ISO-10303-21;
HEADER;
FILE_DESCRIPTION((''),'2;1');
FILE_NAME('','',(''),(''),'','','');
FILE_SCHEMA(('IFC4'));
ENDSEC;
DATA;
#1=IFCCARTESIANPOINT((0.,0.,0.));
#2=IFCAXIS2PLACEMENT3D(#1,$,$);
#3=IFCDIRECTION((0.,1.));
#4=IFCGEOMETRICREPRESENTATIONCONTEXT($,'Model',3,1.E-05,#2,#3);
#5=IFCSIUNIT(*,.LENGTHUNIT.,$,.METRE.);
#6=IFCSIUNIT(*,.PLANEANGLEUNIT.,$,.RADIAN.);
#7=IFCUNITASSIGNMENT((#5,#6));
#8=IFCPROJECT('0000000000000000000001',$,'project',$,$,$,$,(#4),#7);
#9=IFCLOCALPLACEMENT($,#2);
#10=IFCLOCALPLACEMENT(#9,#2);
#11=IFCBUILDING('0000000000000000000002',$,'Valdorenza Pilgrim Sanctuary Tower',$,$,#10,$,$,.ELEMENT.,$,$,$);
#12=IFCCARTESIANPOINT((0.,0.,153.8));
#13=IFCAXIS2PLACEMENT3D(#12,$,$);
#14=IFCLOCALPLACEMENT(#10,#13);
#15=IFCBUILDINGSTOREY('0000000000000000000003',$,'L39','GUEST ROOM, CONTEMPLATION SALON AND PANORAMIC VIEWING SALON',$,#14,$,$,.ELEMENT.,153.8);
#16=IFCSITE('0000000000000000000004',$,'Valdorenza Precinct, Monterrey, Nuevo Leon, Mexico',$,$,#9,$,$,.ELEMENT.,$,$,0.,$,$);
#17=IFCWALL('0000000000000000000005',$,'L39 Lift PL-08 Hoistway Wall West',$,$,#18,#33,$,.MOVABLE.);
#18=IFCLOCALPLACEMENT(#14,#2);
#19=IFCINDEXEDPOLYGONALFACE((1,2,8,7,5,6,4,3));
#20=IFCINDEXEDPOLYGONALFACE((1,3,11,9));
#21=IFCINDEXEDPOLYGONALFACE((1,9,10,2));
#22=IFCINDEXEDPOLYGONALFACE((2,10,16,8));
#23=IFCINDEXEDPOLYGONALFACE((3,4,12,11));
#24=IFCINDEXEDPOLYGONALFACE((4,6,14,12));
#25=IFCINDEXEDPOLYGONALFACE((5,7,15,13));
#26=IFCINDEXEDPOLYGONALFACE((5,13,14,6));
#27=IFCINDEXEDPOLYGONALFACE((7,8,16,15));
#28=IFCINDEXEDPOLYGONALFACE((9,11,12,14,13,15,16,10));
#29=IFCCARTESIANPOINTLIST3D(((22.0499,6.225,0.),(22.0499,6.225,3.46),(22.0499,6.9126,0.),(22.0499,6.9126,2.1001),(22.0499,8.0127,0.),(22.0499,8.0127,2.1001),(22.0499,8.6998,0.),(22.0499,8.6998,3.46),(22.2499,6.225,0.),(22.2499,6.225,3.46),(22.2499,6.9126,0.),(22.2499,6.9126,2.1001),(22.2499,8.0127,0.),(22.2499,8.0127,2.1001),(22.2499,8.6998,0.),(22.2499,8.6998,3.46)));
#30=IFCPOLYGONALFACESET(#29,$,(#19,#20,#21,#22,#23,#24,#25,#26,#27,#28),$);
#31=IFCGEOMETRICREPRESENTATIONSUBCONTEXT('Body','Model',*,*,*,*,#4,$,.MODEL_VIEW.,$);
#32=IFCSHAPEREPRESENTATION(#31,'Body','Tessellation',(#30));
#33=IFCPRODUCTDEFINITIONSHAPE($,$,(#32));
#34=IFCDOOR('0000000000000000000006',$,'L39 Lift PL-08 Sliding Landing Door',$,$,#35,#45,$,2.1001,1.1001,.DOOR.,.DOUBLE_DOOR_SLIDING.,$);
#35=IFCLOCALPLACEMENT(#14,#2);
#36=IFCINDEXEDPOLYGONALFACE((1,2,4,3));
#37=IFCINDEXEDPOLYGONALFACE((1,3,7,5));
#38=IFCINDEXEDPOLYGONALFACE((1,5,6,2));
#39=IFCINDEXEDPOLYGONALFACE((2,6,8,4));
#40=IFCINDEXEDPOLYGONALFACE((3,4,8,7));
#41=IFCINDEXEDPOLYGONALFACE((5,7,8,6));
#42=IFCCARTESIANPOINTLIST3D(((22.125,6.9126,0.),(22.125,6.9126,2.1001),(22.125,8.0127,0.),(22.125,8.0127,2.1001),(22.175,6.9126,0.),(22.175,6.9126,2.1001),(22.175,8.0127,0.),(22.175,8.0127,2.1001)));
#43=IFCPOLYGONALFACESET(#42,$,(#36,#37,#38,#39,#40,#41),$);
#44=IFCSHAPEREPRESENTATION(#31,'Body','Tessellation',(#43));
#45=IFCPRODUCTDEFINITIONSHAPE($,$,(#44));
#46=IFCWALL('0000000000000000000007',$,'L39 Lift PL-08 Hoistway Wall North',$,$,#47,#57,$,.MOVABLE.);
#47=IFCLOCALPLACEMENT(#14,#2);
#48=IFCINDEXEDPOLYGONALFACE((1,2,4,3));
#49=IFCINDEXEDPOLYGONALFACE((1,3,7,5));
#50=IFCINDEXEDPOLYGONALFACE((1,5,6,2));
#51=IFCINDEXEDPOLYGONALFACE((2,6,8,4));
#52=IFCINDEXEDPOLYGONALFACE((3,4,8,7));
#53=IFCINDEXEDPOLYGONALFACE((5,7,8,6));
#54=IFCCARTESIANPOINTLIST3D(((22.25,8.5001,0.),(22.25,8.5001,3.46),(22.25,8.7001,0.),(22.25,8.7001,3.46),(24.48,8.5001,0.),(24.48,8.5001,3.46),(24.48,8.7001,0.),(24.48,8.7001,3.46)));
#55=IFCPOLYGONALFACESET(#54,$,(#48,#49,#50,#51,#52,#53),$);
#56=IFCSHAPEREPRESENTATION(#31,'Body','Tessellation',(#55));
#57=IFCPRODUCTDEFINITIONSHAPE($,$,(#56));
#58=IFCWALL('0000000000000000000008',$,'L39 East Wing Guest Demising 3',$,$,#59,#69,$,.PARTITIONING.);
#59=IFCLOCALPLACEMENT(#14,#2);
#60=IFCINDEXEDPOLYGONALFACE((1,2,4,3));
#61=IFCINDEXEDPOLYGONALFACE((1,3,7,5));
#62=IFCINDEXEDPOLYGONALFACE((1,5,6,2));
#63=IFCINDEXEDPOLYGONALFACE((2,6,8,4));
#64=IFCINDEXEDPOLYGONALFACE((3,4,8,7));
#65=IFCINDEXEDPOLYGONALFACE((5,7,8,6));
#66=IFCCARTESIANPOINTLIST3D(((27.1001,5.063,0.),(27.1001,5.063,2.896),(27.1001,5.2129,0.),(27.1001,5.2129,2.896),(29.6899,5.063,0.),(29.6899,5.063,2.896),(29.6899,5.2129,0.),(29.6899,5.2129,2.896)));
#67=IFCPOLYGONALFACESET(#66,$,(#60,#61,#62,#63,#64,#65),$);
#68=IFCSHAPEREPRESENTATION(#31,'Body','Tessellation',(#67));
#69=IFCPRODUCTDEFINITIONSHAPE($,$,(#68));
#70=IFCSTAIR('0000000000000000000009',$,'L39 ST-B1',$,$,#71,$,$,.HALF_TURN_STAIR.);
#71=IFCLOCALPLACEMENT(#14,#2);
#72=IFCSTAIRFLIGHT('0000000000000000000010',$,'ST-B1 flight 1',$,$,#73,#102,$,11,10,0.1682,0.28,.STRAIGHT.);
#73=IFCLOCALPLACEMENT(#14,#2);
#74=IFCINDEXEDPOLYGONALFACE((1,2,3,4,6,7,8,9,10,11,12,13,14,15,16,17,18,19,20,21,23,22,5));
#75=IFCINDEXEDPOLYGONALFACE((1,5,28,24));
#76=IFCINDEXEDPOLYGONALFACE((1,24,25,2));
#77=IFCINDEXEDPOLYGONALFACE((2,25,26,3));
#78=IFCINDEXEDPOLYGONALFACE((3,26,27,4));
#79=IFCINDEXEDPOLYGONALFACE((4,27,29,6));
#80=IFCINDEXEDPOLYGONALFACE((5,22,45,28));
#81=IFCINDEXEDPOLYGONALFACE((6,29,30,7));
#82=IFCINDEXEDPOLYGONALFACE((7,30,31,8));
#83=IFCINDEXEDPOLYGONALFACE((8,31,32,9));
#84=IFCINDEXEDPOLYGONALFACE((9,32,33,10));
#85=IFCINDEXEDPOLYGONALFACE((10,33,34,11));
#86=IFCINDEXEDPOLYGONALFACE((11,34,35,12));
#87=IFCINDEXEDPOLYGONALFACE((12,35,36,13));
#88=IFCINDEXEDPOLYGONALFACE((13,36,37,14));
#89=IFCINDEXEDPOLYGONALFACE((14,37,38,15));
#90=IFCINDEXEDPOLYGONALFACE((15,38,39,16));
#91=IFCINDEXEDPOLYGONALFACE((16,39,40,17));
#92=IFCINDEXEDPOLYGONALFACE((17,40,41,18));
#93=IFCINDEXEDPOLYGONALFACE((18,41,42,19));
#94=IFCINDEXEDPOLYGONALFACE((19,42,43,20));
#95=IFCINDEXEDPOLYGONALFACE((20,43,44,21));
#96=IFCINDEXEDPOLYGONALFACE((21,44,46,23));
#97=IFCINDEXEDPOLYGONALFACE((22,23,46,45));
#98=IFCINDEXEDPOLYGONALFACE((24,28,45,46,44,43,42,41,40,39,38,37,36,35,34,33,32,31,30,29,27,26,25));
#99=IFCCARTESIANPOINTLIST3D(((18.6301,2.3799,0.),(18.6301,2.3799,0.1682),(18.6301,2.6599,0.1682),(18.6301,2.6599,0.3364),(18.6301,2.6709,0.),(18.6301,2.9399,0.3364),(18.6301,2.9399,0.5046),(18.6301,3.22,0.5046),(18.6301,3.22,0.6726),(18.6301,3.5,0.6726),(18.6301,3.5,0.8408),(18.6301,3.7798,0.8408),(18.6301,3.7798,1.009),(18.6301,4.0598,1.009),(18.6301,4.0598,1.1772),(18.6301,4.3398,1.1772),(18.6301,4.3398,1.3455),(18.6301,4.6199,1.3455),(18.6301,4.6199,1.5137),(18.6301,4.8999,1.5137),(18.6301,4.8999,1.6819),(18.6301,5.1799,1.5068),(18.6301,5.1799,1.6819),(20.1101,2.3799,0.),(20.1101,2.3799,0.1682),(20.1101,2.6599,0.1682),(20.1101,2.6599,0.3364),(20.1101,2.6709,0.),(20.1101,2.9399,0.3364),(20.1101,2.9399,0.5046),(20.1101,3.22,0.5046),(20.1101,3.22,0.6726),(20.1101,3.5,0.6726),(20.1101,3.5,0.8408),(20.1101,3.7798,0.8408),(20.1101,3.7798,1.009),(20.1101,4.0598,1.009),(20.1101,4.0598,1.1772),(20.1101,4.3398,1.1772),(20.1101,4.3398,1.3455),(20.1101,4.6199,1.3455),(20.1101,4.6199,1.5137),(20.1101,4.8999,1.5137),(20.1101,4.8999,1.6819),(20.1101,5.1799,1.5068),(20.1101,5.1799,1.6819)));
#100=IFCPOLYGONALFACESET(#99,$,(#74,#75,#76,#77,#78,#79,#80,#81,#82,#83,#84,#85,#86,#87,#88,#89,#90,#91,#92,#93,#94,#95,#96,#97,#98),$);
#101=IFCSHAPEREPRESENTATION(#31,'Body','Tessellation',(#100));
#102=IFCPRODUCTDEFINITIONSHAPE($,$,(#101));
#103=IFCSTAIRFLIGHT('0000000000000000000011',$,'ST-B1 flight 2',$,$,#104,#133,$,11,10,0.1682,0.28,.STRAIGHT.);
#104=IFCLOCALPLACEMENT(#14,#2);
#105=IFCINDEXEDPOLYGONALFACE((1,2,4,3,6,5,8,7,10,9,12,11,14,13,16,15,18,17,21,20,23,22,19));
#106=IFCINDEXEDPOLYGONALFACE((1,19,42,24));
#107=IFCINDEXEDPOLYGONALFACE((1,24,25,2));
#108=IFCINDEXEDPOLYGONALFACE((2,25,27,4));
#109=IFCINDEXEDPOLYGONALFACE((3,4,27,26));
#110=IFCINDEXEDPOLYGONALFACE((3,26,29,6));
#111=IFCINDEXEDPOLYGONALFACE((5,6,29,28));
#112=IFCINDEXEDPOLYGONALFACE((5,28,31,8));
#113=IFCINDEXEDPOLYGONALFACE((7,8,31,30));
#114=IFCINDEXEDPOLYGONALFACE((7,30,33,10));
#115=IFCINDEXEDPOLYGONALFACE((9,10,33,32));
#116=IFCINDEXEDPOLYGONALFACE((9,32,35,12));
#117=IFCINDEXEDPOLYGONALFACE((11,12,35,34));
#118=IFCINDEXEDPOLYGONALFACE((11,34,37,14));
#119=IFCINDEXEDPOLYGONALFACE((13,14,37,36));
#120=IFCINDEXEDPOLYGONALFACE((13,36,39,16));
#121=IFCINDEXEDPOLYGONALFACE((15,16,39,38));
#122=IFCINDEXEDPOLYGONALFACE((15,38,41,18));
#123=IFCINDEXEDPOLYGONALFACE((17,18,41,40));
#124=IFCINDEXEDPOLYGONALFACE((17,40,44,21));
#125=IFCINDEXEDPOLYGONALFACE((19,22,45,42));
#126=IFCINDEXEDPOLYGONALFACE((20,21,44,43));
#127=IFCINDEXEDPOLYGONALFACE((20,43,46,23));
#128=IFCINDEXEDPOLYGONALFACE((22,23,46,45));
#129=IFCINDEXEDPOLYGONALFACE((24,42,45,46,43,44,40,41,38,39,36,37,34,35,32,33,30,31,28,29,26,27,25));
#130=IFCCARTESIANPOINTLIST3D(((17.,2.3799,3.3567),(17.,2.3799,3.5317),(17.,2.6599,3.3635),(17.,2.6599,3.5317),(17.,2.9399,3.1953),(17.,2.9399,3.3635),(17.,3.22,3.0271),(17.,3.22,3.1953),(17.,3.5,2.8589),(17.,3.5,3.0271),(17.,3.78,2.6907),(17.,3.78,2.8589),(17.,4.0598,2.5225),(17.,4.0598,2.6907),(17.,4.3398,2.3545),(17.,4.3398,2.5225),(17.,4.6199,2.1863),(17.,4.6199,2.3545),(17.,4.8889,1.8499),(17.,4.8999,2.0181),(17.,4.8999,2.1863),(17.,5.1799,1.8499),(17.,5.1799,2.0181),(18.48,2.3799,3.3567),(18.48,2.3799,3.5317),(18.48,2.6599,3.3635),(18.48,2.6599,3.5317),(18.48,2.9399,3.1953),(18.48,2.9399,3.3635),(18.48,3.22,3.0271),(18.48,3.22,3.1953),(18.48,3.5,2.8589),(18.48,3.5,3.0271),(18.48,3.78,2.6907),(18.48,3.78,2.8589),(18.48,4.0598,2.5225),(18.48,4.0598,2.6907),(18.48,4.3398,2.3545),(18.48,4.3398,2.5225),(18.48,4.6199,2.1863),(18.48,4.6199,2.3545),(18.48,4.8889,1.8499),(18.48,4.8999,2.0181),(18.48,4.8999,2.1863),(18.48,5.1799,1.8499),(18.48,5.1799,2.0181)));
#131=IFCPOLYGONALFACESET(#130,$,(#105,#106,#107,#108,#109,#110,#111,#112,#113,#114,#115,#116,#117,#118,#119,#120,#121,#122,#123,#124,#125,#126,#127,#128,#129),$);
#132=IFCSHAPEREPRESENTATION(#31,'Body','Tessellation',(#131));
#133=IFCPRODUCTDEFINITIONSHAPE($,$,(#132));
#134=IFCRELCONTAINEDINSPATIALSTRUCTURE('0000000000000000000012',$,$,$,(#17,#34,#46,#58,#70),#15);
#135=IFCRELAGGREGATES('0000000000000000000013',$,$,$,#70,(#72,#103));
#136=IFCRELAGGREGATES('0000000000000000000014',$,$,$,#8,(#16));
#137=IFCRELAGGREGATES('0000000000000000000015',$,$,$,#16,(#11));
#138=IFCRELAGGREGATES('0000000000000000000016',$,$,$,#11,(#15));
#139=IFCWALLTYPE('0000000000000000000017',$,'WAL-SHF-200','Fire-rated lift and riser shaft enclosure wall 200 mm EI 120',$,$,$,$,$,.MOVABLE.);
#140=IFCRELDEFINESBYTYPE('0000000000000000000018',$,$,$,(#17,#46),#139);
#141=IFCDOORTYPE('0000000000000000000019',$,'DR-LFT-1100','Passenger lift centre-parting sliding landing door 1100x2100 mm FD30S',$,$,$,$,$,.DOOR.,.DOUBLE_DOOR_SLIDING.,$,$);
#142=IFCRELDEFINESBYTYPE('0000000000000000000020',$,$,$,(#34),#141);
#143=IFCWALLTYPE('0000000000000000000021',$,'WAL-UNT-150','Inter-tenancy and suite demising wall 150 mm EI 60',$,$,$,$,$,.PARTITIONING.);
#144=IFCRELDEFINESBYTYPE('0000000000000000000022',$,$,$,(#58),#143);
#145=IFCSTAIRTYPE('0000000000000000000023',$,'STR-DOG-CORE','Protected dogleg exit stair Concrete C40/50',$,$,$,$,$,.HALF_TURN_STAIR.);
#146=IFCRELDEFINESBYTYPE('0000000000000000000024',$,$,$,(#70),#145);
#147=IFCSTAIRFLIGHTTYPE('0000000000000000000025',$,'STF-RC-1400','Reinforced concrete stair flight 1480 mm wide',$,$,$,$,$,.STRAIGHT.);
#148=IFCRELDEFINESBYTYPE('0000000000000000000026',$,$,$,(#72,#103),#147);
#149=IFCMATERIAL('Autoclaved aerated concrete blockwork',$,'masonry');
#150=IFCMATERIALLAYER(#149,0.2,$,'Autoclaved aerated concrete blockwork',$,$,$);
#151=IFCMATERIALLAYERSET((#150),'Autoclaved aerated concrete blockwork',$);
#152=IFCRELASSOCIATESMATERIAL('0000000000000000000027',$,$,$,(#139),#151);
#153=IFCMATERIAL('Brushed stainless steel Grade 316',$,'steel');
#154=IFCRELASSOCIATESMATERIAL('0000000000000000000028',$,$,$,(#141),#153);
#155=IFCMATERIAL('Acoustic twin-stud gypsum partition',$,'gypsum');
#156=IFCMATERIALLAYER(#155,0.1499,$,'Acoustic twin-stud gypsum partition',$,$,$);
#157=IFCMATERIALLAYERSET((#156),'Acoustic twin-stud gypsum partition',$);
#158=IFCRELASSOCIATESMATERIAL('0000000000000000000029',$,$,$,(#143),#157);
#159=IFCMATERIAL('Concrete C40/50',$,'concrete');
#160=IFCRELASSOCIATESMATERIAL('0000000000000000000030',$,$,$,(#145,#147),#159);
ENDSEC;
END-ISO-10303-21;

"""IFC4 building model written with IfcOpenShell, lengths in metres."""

from ifc_helpers import new_model, si_unit, direction, frame, frame_2d, origin, place, context, subcontext, project, spatial, polyline, rectangle, outline, extrude, material, layer, layer_set, type_object, element, fill, aggregate, save


model = new_model("IFC4")

# Units and contexts
model_context = context("Model", 3, precision=1e-05, world=origin(), true_north=direction((0.0, 1.0)))
body_context = subcontext(model_context, "Body", "Model", "MODEL_VIEW")
ifc_project = project(units=[si_unit("LENGTHUNIT", "METRE"), si_unit("PLANEANGLEUNIT", "RADIAN")], contexts=[model_context])

# Site, building, storey
site_placement = place(None, origin())
site = spatial("IfcSite", under=ifc_project, at=site_placement, Name="Valdorenza Precinct, Monterrey, Nuevo Leon, Mexico", CompositionType="ELEMENT", RefElevation=0.0)
building_placement = place(site_placement, origin())
building = spatial("IfcBuilding", under=site, at=building_placement, Name="Valdorenza Pilgrim Sanctuary Tower", CompositionType="ELEMENT")
storey_placement = place(building_placement, frame((0.0, 0.0, 153.8)))
storey = spatial("IfcBuildingStorey", under=building, at=storey_placement, Name="L39", Description="GUEST ROOM, CONTEMPLATION SALON AND PANORAMIC VIEWING SALON", CompositionType="ELEMENT", Elevation=153.8)

# Shared definitions
ifc_material_1 = material(Name="Acoustic twin-stud gypsum partition", Category="gypsum")

# Shared definitions
ifc_material_2 = material(Name="Autoclaved aerated concrete blockwork", Category="masonry")
ifc_layer_1 = layer(ifc_material_2, 0.2, Name="Autoclaved aerated concrete blockwork")
ifc_layer_set_1 = layer_set([ifc_layer_1], Name="Autoclaved aerated concrete blockwork")
wall_type_1 = type_object("IfcWallType", Name="WAL-SHF-200", Description="Fire-rated lift and riser shaft enclosure wall 200 mm EI 120", PredefinedType="MOVABLE", material=ifc_layer_set_1)
ifc_material_3 = material(Name="Brushed stainless steel Grade 316", Category="steel")
door_type_1 = type_object("IfcDoorType", Name="DR-LFT-1100", Description="Passenger lift centre-parting sliding landing door 1100x2100 mm FD30S", OperationType="DOUBLE_DOOR_SLIDING", PredefinedType="DOOR", material=ifc_material_3)

# Wall, opening, door
wall_1_placement = place(storey_placement, frame((22.1499, 6.2251, 0.0), z_axis=(0.0, 0.0, 1.0), x_axis=(0.0, 1.0, 0.0)))
wall_1 = element("IfcWall", 1, at=wall_1_placement, inside=storey, type_object=wall_type_1, Name="L39 Lift PL-08 Hoistway Wall West", PredefinedType="MOVABLE", context=body_context, shape_type="SweptSolid", body=[
    extrude(rectangle(XDim=2.4749, YDim=0.2, at=frame_2d((1.2373, 0.0))), origin(), (0.0, 0.0, 1.0), 3.46),
])
opening_1_placement = place(wall_1_placement, frame((0.6875, 0.0, 0.0)))
opening_1 = element("IfcOpeningElement", 2, at=opening_1_placement, cuts=wall_1, PredefinedType="OPENING", context=body_context, shape_type="SweptSolid", body=[
    extrude(rectangle(XDim=1.1001, YDim=2.1001, at=frame_2d((0.55, 1.05))), frame((0.0, 0.1147, 0.0), z_axis=(0.0, -1.0, 0.0), x_axis=(1.0, 0.0, 0.0)), (0.0, 0.0, 1.0), 0.2297),
])
door_1_placement = place(opening_1_placement, origin())
door_1 = element("IfcDoor", 3, at=door_1_placement, inside=storey, type_object=door_type_1, Name="L39 Lift PL-08 Sliding Landing Door", OperationType="DOUBLE_DOOR_SLIDING", OverallHeight=2.1001, OverallWidth=1.1001, PredefinedType="DOOR", context=body_context, shape_type="SweptSolid", body=[
    extrude(rectangle(XDim=1.1001, YDim=2.1001, at=frame_2d((0.55, 1.05))), frame((0.0, 0.0249, 0.0), z_axis=(0.0, -1.0, 0.0), x_axis=(1.0, 0.0, 0.0)), (0.0, 0.0, 1.0), 0.05),
])
fill(opening_1, door_1)

# Walls
wall_2_placement = place(storey_placement, frame((22.25, 8.6001, 0.0), z_axis=(0.0, 0.0, 1.0), x_axis=(1.0, 0.0, 0.0)))
element("IfcWall", 4, at=wall_2_placement, inside=storey, type_object=wall_type_1, Name="L39 Lift PL-08 Hoistway Wall North", PredefinedType="MOVABLE", context=body_context, shape_type="SweptSolid", body=[
    extrude(rectangle(XDim=2.23, YDim=0.2, at=frame_2d((1.115, 0.0))), origin(), (0.0, 0.0, 1.0), 3.46),
])
ifc_layer_2 = layer(ifc_material_1, 0.1499, Name="Acoustic twin-stud gypsum partition")
ifc_layer_set_2 = layer_set([ifc_layer_2], Name="Acoustic twin-stud gypsum partition")
wall_type_2 = type_object("IfcWallType", Name="WAL-UNT-150", Description="Inter-tenancy and suite demising wall 150 mm EI 60", PredefinedType="PARTITIONING", material=ifc_layer_set_2)
wall_3_placement = place(storey_placement, frame((27.1001, 5.1379, 0.0), z_axis=(0.0, 0.0, 1.0), x_axis=(1.0, 0.0, 0.0)))
element("IfcWall", 5, at=wall_3_placement, inside=storey, type_object=wall_type_2, Name="L39 East Wing Guest Demising 3", PredefinedType="PARTITIONING", context=body_context, shape_type="SweptSolid", body=[
    extrude(rectangle(XDim=2.5898, YDim=0.1499, at=frame_2d((1.2949, 0.0))), origin(), (0.0, 0.0, 1.0), 2.896),
])

# Stair, stair flights
ifc_material_4 = material(Name="Concrete C40/50", Category="concrete")
stair_type = type_object("IfcStairType", Name="STR-DOG-CORE", Description="Protected dogleg exit stair Concrete C40/50", PredefinedType="HALF_TURN_STAIR", material=ifc_material_4)
stair_placement = place(storey_placement, origin())
stair = element("IfcStair", 6, at=stair_placement, inside=storey, type_object=stair_type, Name="L39 ST-B1", PredefinedType="HALF_TURN_STAIR")
stair_flight_type = type_object("IfcStairFlightType", Name="STF-RC-1400", Description="Reinforced concrete stair flight 1480 mm wide", PredefinedType="STRAIGHT", material=ifc_material_4)
stair_flight_1_placement = place(storey_placement, frame((19.3701, 2.3799, 0.0), z_axis=(0.0, 0.0, 1.0), x_axis=(0.0, 1.0, 0.0)))
stair_flight_1 = element("IfcStairFlight", 7, at=stair_flight_1_placement, type_object=stair_flight_type, Name="ST-B1 flight 1", NumberOfRisers=11, NumberOfTreads=10, PredefinedType="STRAIGHT", RiserHeight=0.1682, TreadLength=0.28, context=body_context, shape_type="SweptSolid", body=[
    extrude(outline(polyline([(0.0, 0.0), (0.0, 0.1682), (0.28, 0.1682), (0.28, 0.3364), (0.5601, 0.3364), (0.5601, 0.5046), (0.8401, 0.5046), (0.8401, 0.6726), (1.1201, 0.6726), (1.1201, 0.8408), (1.3999, 0.8408), (1.3999, 1.009), (1.6799, 1.009), (1.6799, 1.1772), (1.96, 1.1772), (1.96, 1.3455), (2.24, 1.3455), (2.24, 1.5137), (2.52, 1.5137), (2.52, 1.6819), (2.8, 1.6819), (2.8, 1.8501), (2.8, 1.5068), (0.291, 0.0), (0.0, 0.0)])), frame((0.0, 0.74, 0.0), z_axis=(0.0, -1.0, 0.0), x_axis=(1.0, 0.0, 0.0)), (0.0, 0.0, 1.0), 1.48),
])
stair_flight_2_placement = place(storey_placement, frame((17.74, 5.1799, 1.8499), z_axis=(0.0, 0.0, 1.0), x_axis=(0.0, -1.0, 0.0)))
stair_flight_2 = element("IfcStairFlight", 8, at=stair_flight_2_placement, type_object=stair_flight_type, Name="ST-B1 flight 2", NumberOfRisers=11, NumberOfTreads=10, PredefinedType="STRAIGHT", RiserHeight=0.1682, TreadLength=0.28, context=body_context, shape_type="SweptSolid", body=[
    extrude(outline(polyline([(0.0, 0.0), (0.0, 0.1682), (0.28, 0.1682), (0.28, 0.3364), (0.5601, 0.3364), (0.5601, 0.5046), (0.8401, 0.5046), (0.8401, 0.6726), (1.1201, 0.6726), (1.1201, 0.8408), (1.3999, 0.8408), (1.3999, 1.009), (1.6799, 1.009), (1.6799, 1.1772), (1.96, 1.1772), (1.96, 1.3455), (2.24, 1.3455), (2.24, 1.5137), (2.52, 1.5137), (2.52, 1.6819), (2.8, 1.6819), (2.8, 1.8501), (2.8, 1.5068), (0.291, 0.0), (0.0, 0.0)])), frame((0.0, 0.74, 0.0), z_axis=(0.0, -1.0, 0.0), x_axis=(1.0, 0.0, 0.0)), (0.0, 0.0, 1.0), 1.48),
])
aggregate(stair, [stair_flight_1, stair_flight_2])

save(model, "model.ifc")
